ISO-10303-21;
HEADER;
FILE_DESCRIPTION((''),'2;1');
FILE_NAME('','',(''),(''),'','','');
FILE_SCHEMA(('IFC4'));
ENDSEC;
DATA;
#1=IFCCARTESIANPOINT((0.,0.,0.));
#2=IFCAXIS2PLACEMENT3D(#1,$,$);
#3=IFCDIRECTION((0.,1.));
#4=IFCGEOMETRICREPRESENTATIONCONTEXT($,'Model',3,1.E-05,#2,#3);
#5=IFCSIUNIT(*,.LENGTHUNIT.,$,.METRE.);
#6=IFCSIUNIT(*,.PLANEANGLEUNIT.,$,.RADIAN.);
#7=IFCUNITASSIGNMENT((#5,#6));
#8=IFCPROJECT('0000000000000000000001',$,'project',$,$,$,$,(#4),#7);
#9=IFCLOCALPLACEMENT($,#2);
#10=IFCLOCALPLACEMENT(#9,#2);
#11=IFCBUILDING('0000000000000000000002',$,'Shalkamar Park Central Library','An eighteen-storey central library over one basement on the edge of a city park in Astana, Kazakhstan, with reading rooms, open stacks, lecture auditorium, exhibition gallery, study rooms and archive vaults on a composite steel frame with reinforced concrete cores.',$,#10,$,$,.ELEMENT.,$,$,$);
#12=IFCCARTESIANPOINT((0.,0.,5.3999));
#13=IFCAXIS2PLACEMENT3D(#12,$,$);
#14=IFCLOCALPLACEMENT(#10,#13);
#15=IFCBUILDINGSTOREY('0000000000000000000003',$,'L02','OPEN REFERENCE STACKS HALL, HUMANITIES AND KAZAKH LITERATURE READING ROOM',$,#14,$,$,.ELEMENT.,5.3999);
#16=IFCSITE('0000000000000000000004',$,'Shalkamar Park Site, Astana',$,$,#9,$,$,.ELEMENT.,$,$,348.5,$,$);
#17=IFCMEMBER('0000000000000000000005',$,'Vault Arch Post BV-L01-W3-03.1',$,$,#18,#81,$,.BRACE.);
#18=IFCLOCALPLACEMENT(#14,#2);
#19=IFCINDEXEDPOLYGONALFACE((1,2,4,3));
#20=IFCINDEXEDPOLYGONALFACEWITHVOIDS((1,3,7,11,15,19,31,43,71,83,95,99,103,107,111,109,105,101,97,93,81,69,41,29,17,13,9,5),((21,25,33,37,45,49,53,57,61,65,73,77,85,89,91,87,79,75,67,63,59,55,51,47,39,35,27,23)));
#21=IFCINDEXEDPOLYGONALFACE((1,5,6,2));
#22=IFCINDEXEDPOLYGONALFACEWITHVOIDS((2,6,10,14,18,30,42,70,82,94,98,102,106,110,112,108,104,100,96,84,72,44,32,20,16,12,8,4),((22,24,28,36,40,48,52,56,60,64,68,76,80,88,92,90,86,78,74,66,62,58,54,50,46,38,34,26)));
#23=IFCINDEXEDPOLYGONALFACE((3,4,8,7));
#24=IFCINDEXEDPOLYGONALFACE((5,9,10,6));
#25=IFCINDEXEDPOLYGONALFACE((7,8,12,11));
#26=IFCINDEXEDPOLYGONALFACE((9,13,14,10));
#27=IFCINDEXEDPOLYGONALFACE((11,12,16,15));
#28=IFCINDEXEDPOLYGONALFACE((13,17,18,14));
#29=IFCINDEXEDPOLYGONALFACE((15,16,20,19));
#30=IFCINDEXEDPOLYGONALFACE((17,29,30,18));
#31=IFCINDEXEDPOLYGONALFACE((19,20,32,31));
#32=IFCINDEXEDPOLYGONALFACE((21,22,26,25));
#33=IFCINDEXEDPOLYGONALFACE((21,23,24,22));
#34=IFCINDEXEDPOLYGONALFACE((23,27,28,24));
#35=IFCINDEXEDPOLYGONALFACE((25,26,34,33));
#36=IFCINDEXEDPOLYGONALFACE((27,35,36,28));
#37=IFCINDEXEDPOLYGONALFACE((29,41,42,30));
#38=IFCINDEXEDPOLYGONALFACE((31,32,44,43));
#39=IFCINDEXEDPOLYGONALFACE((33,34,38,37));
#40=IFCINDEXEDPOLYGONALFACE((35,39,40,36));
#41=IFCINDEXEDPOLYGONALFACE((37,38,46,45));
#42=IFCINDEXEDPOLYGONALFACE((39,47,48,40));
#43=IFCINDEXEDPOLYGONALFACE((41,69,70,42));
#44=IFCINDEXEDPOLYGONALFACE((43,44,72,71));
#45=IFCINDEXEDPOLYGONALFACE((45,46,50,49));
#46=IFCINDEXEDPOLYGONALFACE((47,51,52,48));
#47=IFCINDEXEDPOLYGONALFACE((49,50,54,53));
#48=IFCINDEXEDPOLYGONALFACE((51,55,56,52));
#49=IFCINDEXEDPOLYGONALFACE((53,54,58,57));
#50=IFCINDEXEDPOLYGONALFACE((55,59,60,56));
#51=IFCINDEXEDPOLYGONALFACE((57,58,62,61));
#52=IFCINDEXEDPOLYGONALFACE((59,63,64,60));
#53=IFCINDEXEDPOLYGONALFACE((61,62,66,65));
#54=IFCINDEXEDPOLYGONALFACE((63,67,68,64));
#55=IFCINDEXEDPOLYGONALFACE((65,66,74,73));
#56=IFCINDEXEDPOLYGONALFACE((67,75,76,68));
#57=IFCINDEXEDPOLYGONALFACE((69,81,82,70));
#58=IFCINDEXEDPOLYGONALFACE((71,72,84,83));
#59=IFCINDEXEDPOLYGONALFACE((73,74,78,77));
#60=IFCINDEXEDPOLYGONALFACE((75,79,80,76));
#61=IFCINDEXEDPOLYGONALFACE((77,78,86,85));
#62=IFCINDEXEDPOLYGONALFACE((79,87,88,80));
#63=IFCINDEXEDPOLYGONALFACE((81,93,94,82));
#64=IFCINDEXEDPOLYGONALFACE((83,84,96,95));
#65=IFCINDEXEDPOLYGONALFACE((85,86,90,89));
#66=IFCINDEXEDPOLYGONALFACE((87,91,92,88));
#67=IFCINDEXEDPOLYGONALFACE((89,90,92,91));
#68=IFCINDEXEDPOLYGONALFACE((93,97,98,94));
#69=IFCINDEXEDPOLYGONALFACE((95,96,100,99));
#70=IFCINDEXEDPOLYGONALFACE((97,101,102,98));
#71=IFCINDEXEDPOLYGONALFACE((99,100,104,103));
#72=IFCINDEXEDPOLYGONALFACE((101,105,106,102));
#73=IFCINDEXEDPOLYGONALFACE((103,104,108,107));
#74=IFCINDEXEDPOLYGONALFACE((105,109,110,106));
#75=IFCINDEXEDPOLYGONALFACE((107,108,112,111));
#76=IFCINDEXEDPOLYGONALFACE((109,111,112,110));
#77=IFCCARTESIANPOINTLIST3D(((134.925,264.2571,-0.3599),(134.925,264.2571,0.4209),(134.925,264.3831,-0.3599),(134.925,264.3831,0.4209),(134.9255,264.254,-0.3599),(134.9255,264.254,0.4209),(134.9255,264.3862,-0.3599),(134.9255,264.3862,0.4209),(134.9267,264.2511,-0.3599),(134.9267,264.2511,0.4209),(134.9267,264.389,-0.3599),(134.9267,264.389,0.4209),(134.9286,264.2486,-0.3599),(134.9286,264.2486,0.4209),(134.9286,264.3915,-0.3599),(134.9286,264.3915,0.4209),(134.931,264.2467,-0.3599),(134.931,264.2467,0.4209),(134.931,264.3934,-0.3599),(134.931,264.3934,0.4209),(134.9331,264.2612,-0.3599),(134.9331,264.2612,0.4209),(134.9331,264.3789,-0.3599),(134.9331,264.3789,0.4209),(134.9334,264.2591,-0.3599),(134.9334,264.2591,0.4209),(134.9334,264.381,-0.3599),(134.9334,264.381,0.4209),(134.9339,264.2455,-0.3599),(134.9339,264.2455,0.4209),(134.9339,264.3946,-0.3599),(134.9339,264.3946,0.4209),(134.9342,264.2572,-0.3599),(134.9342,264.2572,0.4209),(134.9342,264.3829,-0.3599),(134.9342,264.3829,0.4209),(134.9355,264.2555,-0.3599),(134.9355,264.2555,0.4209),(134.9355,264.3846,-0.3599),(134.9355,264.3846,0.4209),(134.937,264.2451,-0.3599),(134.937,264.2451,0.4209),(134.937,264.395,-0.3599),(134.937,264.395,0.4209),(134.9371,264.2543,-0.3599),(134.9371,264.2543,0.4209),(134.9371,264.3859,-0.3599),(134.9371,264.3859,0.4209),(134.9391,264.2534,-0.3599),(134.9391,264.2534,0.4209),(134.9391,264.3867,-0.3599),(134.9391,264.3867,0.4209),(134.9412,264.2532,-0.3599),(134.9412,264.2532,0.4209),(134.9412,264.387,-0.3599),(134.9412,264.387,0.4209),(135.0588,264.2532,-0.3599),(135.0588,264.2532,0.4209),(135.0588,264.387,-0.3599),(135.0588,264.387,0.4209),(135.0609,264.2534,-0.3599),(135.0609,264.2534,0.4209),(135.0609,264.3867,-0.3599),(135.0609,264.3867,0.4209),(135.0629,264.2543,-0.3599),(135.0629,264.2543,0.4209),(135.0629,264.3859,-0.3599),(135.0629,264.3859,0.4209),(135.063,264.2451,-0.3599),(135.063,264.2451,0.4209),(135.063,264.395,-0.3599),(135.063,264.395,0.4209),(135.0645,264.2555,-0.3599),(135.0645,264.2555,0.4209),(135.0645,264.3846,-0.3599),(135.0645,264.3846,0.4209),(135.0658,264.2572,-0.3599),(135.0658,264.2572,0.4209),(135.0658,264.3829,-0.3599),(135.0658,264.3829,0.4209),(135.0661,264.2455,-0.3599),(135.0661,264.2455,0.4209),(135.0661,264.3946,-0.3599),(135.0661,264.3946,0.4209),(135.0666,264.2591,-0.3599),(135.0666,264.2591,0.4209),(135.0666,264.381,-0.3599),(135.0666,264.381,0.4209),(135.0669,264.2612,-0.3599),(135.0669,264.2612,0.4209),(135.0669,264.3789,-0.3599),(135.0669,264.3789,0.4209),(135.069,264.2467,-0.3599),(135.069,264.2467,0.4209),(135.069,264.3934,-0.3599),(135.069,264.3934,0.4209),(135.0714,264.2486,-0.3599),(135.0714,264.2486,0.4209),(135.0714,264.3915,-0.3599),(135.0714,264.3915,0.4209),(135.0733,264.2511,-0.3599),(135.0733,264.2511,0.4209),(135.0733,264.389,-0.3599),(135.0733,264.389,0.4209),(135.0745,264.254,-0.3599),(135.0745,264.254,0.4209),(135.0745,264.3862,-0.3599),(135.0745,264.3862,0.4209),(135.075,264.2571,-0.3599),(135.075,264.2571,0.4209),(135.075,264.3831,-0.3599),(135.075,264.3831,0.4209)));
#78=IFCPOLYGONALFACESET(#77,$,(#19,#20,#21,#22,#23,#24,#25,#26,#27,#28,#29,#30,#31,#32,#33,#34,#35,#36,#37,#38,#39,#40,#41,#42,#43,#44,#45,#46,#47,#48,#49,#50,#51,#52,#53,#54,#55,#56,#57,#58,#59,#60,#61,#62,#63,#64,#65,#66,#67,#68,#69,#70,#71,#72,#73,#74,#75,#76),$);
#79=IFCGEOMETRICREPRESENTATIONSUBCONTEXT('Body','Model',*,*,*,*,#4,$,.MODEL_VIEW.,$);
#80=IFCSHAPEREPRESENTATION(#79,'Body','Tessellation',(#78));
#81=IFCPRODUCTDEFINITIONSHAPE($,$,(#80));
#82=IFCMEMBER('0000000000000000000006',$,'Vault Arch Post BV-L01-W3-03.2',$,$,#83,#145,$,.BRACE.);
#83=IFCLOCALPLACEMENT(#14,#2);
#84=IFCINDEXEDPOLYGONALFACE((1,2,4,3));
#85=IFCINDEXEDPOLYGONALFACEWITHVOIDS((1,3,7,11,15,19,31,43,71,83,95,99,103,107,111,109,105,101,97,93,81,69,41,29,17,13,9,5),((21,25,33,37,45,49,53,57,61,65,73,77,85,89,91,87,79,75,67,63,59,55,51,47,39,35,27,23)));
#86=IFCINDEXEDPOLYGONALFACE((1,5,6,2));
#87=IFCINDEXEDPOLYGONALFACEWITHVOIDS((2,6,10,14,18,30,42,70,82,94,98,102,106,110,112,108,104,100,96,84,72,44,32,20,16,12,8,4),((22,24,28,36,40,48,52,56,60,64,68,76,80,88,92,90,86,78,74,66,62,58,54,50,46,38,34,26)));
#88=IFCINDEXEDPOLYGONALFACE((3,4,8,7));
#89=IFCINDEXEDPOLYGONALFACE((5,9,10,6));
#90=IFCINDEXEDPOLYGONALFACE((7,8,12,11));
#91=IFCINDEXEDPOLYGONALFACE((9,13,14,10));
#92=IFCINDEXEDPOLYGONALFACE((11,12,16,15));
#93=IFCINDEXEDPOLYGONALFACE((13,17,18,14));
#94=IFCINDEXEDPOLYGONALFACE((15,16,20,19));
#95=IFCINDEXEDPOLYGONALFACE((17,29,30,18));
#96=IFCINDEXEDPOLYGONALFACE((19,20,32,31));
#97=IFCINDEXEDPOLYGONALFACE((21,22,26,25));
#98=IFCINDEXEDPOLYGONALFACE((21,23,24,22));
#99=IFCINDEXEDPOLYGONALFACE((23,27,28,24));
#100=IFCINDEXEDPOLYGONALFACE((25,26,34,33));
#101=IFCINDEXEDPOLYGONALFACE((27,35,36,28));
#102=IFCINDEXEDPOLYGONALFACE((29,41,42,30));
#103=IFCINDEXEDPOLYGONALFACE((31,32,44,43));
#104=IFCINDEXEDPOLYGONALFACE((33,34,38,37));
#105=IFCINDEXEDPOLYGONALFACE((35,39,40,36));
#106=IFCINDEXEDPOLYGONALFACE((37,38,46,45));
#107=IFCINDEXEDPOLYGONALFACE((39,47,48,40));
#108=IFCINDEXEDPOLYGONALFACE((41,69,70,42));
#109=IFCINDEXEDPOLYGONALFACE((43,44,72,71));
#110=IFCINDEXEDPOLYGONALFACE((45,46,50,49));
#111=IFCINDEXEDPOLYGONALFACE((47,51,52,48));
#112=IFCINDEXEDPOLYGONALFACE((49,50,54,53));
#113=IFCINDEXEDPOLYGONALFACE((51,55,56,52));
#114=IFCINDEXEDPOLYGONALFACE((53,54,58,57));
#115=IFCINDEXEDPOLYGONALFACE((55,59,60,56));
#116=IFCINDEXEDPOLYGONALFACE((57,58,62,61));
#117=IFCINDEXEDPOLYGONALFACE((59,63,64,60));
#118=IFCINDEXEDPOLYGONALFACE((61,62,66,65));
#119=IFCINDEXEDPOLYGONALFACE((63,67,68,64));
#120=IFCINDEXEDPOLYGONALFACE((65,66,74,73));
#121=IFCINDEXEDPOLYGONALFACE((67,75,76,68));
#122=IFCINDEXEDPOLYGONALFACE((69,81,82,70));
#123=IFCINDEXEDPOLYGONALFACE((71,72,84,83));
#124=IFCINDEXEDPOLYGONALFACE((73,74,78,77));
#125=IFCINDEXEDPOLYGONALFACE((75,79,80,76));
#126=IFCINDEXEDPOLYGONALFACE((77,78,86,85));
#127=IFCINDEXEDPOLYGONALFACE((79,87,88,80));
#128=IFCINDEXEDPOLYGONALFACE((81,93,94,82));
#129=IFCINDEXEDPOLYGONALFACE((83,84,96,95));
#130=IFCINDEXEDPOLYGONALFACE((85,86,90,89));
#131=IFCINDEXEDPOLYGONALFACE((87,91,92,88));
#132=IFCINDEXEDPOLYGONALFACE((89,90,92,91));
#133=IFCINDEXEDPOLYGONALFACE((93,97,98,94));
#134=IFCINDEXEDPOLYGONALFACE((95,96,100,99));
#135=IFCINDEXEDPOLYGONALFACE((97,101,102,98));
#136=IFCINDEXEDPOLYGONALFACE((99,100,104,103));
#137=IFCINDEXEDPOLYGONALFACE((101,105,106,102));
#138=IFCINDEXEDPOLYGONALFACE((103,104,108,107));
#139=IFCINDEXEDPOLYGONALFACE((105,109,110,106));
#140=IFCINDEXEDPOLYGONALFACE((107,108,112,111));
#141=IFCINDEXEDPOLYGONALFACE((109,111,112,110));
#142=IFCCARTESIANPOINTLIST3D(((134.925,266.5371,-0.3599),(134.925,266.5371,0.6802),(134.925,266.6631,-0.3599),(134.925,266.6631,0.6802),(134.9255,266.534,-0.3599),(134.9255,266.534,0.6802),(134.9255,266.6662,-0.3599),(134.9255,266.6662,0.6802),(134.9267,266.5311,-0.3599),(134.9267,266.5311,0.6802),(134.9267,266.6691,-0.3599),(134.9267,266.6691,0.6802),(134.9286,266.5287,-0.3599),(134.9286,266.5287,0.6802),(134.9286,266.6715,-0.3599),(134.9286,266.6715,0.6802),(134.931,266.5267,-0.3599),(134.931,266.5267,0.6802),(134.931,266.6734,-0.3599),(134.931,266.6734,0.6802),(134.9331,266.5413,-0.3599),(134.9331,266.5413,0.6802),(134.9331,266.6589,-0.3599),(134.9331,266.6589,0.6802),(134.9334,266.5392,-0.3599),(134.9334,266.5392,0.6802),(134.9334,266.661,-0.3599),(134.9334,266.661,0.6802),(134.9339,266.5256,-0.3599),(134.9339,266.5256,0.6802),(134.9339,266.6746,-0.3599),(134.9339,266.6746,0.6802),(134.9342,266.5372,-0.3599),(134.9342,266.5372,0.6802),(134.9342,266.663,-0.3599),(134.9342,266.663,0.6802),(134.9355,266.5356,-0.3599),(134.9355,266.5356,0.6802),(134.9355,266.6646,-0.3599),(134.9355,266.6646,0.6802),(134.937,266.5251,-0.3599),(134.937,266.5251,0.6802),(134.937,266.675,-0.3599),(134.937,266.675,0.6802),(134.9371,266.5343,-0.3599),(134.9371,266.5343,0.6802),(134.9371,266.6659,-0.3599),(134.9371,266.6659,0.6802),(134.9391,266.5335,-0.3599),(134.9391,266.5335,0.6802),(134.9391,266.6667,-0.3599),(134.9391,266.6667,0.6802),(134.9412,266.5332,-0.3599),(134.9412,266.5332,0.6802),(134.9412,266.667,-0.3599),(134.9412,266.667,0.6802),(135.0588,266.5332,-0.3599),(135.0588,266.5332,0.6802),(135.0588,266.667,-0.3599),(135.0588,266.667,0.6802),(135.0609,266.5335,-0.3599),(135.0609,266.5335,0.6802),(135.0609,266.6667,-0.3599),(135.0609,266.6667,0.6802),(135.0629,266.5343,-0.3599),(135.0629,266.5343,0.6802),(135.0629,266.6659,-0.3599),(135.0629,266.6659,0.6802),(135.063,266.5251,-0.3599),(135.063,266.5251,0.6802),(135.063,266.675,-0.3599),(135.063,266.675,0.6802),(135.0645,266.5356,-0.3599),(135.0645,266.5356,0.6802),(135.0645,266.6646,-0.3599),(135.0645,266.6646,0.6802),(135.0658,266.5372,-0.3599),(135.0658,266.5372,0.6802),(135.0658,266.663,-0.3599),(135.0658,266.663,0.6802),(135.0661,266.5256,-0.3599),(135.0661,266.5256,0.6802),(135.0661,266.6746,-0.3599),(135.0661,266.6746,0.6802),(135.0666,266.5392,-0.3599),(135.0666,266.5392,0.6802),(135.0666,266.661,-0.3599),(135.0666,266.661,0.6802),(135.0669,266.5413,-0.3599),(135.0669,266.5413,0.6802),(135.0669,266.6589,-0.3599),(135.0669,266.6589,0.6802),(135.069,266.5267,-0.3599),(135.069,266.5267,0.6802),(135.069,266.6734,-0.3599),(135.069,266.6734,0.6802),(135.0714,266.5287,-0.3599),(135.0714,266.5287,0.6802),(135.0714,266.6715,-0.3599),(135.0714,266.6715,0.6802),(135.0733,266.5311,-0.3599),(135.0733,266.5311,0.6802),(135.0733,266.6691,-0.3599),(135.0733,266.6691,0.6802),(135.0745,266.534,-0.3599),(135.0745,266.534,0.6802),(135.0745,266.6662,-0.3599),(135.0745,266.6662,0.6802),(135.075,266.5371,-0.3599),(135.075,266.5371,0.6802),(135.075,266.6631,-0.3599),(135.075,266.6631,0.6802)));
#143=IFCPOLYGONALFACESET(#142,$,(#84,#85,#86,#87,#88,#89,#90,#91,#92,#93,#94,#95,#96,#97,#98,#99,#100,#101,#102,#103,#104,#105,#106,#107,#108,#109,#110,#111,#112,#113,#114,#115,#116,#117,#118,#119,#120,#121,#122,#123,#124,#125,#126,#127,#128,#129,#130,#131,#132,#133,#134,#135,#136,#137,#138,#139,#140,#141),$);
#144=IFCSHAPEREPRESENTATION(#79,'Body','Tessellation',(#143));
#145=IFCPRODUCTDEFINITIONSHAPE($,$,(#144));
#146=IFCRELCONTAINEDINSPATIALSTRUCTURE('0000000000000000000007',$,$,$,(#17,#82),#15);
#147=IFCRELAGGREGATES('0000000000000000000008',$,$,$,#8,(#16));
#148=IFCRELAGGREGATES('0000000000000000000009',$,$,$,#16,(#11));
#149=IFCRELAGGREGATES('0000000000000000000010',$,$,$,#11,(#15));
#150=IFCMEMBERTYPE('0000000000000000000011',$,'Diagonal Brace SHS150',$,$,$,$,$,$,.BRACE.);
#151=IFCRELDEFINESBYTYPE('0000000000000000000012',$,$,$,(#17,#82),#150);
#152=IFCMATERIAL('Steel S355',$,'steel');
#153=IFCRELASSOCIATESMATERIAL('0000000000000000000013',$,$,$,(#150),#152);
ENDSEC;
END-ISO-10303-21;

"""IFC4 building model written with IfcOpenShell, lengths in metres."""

from ifc_helpers import new_model, si_unit, direction, frame, origin, origin_2d, place, context, subcontext, project, spatial, hollow_rectangle, extrude, material, material_profile, profile_set, type_object, element, save


model = new_model("IFC4")

# Units and contexts
model_context = context("Model", 3, precision=1e-05, world=origin(), true_north=direction((0.0, 1.0)))
body_context = subcontext(model_context, "Body", "Model", "MODEL_VIEW")
ifc_project = project(units=[si_unit("LENGTHUNIT", "METRE"), si_unit("PLANEANGLEUNIT", "RADIAN")], contexts=[model_context])

# Site, building, storey
site_placement = place(None, origin())
site = spatial("IfcSite", under=ifc_project, at=site_placement, Name="Shalkamar Park Site, Astana", CompositionType="ELEMENT", RefElevation=348.5)
building_placement = place(site_placement, origin())
building = spatial("IfcBuilding", under=site, at=building_placement, Name="Shalkamar Park Central Library", Description="An eighteen-storey central library over one basement on the edge of a city park in Astana, Kazakhstan, with reading rooms, open stacks, lecture auditorium, exhibition gallery, study rooms and archive vaults on a composite steel frame with reinforced concrete cores.", CompositionType="ELEMENT")
storey_placement = place(building_placement, frame((0.0, 0.0, 5.3999)))
storey = spatial("IfcBuildingStorey", under=building, at=storey_placement, Name="L02", Description="OPEN REFERENCE STACKS HALL, HUMANITIES AND KAZAKH LITERATURE READING ROOM", CompositionType="ELEMENT", Elevation=5.3999)

# Shared definitions
ifc_material_1 = material(Name="Steel S355", Category="steel")

# Members
ifc_material_profile_1 = material_profile(ifc_material_1, hollow_rectangle(XDim=0.1499, YDim=0.1499, WallThickness=0.0081, InnerFilletRadius=0.0081, OuterFilletRadius=0.012, at=origin_2d()), Name="SHS 150x150x8")
ifc_profile_set_1 = profile_set([ifc_material_profile_1], Name="Steel S355")
member_type = type_object("IfcMemberType", Name="Diagonal Brace SHS150", PredefinedType="BRACE", material=ifc_profile_set_1)
for number, where, z_axis, x_axis, name in (
    (1, (135.0, 264.3201, -0.3599), (0.0, 0.0, 1.0), (1.0, 0.0, 0.0), "Vault Arch Post BV-L01-W3-03.1"),
):
    element("IfcMember", number, at=place(storey_placement, frame(where, z_axis=z_axis, x_axis=x_axis)), inside=storey, type_object=member_type, Name=name, PredefinedType="BRACE", context=body_context, shape_type="SweptSolid", body=[
        extrude(hollow_rectangle(XDim=0.1499, YDim=0.1499, WallThickness=0.0081, InnerFilletRadius=0.0081, OuterFilletRadius=0.012, at=origin_2d()), origin(), (0.0, 0.0, 1.0), 0.7808),
    ])
member_1_placement = place(storey_placement, frame((135.0, 266.6001, -0.3599), z_axis=(0.0, 0.0, 1.0), x_axis=(1.0, 0.0, 0.0)))
element("IfcMember", 2, at=member_1_placement, inside=storey, type_object=member_type, Name="Vault Arch Post BV-L01-W3-03.2", PredefinedType="BRACE", context=body_context, shape_type="SweptSolid", body=[
    extrude(hollow_rectangle(XDim=0.1499, YDim=0.1499, WallThickness=0.0081, InnerFilletRadius=0.0081, OuterFilletRadius=0.012, at=origin_2d()), origin(), (0.0, 0.0, 1.0), 1.04),
])

save(model, "model.ifc")
